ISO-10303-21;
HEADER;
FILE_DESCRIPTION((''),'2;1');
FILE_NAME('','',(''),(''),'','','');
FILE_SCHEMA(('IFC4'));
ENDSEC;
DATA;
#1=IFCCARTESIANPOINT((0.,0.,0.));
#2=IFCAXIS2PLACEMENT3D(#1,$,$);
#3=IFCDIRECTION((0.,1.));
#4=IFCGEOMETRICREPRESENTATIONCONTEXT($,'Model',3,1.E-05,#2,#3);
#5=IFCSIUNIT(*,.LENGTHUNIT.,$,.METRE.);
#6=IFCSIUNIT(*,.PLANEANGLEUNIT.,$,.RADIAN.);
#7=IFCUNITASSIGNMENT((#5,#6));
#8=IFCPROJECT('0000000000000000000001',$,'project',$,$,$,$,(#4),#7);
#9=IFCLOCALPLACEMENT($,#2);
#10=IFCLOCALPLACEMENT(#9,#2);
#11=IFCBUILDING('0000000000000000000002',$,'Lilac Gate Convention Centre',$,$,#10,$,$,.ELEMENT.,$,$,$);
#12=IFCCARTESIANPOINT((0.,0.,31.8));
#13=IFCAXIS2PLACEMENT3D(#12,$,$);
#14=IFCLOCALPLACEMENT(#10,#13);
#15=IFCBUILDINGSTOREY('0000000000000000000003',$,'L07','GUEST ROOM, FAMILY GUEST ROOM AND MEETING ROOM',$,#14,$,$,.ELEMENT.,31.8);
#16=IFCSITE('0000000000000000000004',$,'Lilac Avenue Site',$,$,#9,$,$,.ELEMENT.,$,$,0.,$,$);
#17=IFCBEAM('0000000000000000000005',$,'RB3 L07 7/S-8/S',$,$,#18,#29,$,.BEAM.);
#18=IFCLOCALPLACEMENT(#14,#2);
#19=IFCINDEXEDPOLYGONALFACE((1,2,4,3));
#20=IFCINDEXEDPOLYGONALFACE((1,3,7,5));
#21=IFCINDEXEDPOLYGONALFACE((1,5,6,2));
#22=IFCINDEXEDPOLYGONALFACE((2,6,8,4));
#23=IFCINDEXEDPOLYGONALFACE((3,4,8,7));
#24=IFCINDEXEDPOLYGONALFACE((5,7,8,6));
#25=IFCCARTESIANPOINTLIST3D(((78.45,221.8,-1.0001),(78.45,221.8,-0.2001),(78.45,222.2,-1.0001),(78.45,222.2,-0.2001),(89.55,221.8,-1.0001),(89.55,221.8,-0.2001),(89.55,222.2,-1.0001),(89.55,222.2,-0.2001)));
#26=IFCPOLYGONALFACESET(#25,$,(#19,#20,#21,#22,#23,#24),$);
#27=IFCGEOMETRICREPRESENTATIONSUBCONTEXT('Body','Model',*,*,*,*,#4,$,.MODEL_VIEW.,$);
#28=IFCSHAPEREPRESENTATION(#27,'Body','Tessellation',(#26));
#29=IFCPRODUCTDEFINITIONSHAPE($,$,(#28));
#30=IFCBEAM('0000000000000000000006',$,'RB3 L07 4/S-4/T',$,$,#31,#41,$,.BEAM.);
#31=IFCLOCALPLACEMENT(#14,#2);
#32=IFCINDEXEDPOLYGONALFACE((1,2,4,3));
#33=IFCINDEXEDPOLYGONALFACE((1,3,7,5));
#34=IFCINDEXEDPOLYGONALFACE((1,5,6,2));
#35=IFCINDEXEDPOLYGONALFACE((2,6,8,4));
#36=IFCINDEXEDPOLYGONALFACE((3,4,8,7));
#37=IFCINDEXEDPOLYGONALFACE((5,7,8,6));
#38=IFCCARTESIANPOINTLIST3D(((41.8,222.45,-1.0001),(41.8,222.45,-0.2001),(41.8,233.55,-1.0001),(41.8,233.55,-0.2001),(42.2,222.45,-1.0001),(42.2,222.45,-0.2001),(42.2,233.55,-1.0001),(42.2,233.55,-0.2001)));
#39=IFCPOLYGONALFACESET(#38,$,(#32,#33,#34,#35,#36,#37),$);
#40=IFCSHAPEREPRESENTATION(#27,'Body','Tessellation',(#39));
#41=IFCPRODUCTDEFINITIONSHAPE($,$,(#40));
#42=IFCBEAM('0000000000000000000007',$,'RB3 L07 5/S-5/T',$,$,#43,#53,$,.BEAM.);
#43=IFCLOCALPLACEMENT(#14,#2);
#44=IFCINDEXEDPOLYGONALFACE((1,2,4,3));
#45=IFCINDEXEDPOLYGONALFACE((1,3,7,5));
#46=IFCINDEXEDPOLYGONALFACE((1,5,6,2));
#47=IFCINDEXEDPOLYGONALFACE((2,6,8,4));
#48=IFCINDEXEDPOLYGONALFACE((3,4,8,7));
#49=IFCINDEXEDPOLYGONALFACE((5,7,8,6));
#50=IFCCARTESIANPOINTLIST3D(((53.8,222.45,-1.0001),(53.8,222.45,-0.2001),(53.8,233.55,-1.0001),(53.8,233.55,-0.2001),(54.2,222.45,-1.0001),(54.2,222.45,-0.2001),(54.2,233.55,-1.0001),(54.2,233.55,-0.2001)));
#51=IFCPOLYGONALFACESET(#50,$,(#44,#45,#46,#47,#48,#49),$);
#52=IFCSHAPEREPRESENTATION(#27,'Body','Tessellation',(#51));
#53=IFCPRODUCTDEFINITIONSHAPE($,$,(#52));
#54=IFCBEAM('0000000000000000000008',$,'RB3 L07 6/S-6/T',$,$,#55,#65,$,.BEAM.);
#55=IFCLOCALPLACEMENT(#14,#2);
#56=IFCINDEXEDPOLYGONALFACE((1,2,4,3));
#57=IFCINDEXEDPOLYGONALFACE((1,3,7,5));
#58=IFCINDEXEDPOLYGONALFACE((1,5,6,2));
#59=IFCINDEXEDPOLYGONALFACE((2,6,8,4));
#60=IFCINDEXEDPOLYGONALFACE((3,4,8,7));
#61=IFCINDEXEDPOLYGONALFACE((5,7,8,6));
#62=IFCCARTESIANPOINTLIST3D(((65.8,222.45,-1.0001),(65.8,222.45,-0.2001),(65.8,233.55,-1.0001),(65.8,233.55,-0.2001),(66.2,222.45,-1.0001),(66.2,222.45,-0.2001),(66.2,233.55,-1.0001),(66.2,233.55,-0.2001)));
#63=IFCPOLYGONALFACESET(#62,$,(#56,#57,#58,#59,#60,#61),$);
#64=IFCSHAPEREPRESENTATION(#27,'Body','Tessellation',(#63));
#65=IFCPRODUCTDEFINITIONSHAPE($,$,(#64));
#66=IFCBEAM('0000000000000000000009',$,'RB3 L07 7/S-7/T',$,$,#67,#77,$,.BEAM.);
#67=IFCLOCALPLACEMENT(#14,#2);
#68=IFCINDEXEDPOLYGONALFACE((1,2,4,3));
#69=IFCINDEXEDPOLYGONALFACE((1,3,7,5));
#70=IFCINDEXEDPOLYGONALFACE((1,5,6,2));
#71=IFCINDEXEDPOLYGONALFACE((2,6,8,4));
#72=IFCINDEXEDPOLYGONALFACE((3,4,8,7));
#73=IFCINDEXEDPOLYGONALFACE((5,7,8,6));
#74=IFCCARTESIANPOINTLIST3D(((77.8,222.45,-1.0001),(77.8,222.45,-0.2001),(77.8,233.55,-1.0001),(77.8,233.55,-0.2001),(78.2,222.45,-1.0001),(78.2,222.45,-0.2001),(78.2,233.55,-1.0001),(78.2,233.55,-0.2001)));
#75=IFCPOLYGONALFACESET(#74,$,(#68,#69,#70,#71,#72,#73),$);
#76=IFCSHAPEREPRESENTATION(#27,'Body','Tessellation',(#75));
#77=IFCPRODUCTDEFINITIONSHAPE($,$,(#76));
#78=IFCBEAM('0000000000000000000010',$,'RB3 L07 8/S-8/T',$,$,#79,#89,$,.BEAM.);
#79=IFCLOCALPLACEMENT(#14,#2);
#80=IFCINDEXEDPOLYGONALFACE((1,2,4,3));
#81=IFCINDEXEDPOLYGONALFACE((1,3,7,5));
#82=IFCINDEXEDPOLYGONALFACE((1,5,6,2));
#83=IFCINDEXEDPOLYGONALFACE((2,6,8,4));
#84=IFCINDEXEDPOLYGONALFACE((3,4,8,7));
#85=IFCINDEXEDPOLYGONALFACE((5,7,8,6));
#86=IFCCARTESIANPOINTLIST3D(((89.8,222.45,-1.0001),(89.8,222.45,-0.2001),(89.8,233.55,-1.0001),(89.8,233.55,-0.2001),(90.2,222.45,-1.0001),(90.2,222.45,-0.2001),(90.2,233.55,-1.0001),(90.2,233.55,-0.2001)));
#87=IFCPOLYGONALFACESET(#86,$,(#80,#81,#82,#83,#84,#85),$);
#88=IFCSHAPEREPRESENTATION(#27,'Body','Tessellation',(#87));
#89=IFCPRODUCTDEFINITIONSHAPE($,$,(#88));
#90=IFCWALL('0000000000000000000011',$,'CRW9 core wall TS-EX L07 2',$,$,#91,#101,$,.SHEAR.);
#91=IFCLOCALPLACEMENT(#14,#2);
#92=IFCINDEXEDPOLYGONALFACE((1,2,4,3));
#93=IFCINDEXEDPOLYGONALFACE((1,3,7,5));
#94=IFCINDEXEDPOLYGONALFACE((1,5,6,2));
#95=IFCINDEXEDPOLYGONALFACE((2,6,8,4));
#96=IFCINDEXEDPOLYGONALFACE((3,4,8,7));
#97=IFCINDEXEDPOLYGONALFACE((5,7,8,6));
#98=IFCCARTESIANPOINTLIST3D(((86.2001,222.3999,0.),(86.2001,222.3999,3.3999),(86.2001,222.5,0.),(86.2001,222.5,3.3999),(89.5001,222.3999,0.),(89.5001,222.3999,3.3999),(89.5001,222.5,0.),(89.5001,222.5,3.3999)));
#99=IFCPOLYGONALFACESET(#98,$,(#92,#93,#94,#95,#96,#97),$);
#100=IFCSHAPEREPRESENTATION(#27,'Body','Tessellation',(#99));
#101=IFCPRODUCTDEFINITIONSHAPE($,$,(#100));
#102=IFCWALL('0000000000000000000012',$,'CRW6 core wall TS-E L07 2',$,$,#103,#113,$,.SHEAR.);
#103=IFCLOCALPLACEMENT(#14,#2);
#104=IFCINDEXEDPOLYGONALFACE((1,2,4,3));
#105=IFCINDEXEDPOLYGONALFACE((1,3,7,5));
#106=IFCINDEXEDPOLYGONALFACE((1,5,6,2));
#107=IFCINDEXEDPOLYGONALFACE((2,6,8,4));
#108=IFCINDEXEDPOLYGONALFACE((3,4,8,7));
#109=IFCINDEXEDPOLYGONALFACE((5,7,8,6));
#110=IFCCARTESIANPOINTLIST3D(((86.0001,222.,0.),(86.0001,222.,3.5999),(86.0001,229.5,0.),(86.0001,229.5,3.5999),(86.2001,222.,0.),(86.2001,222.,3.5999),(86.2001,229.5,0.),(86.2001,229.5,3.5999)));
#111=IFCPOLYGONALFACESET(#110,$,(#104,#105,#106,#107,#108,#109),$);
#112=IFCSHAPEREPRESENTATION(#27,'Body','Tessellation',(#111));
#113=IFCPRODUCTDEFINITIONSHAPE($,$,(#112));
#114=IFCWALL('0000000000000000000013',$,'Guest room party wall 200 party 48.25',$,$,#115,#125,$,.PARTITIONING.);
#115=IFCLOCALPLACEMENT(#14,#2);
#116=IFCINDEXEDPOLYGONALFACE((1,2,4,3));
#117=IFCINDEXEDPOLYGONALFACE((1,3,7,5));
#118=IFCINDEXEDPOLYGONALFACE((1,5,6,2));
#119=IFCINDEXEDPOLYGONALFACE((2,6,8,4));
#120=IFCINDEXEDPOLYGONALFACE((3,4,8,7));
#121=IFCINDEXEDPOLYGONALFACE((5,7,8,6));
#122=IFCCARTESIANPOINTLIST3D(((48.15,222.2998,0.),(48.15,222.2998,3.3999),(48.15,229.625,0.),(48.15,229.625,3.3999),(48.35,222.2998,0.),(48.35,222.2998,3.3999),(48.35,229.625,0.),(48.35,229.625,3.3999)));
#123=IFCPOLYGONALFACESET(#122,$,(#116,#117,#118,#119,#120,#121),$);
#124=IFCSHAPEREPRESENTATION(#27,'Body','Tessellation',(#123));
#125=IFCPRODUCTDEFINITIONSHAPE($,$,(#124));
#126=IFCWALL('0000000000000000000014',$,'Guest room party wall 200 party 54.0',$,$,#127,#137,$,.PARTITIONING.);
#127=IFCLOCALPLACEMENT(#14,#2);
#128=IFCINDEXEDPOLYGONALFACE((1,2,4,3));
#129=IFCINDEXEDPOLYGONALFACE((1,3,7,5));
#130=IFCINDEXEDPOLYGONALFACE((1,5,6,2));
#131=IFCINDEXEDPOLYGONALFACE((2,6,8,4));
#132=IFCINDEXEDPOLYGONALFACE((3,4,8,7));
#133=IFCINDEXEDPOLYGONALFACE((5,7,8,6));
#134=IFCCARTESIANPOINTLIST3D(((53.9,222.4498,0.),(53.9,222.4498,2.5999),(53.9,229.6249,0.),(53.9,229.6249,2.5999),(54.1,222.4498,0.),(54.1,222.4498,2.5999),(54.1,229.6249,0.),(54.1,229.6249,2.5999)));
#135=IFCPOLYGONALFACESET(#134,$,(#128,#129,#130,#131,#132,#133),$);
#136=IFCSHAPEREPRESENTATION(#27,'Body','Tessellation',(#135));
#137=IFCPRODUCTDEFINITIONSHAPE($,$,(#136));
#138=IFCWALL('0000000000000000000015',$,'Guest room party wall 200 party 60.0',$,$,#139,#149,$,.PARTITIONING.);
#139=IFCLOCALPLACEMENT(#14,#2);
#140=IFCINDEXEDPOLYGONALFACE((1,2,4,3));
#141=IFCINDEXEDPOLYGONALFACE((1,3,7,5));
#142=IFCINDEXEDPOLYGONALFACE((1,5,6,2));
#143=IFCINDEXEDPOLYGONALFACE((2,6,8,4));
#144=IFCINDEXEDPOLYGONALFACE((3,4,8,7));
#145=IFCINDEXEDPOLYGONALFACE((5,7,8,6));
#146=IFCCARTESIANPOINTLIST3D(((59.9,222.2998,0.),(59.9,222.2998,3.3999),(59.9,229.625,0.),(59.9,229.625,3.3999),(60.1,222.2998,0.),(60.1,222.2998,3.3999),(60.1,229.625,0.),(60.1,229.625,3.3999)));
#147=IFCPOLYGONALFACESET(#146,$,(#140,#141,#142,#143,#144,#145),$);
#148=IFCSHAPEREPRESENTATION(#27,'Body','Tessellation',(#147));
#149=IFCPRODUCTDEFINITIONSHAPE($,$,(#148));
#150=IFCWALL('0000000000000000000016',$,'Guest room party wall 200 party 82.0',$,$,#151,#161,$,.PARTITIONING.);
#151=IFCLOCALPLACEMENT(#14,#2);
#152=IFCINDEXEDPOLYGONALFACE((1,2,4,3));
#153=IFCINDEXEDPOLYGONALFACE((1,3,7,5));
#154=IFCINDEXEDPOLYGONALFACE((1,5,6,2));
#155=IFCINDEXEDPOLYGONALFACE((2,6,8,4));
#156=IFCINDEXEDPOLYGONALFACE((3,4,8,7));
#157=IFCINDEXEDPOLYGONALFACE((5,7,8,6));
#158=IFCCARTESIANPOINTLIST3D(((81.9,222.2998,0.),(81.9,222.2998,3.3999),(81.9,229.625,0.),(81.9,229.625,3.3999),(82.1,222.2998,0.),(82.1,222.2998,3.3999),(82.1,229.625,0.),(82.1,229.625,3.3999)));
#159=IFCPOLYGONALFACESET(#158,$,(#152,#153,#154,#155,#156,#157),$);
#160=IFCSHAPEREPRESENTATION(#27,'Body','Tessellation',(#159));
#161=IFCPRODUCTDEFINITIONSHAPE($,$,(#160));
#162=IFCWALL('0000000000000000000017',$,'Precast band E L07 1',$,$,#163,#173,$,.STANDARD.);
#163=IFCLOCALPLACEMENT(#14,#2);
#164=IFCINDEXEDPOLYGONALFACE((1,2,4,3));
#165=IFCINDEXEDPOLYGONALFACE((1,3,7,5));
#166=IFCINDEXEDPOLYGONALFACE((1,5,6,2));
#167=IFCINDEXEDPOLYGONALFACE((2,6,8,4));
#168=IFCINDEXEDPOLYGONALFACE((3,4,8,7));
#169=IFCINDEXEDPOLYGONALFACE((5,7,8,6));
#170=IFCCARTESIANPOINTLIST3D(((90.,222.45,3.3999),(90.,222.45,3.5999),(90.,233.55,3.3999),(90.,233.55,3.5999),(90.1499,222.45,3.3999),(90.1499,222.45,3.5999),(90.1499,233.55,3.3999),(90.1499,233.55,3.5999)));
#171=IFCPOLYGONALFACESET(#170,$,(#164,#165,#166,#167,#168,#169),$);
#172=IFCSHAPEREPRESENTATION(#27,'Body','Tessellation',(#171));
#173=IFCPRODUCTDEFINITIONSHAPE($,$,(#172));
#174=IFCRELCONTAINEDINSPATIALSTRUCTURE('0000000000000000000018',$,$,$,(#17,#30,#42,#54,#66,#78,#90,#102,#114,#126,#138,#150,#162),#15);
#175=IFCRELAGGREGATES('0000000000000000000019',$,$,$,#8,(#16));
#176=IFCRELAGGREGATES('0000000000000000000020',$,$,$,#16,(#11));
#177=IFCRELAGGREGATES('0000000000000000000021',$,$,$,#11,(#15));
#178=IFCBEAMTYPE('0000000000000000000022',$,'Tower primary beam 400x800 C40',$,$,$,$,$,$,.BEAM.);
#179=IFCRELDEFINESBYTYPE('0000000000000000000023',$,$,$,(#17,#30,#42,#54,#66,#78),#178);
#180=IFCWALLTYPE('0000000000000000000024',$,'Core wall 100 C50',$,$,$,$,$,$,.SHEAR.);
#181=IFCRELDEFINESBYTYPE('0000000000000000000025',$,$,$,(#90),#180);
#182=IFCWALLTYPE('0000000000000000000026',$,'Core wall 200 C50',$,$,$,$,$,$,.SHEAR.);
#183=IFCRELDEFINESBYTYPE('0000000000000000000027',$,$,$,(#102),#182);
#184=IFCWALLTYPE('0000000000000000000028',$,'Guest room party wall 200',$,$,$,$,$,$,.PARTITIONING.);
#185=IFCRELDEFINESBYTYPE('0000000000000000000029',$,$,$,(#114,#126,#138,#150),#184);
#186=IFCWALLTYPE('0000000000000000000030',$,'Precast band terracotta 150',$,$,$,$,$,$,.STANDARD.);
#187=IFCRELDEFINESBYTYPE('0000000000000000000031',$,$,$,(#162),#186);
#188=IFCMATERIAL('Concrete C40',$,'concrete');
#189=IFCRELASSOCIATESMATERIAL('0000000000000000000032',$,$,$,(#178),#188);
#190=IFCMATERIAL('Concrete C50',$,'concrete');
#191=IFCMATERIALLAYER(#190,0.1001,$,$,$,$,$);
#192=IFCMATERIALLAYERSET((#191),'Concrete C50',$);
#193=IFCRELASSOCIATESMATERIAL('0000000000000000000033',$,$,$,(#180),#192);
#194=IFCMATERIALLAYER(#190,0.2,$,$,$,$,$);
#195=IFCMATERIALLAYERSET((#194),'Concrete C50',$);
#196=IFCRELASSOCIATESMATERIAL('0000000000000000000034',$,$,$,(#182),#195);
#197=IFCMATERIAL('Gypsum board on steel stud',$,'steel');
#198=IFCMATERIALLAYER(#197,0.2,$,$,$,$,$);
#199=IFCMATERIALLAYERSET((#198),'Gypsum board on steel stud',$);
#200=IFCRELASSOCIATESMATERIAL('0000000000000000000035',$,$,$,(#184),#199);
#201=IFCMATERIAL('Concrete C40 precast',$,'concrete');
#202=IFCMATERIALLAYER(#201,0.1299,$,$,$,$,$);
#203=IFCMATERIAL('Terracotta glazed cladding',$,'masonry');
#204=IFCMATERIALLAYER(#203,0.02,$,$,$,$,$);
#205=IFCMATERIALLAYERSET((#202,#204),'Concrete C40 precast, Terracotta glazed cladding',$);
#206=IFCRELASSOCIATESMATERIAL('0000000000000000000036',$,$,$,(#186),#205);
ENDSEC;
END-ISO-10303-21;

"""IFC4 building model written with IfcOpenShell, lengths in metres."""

from ifc_helpers import new_model, si_unit, direction, frame, frame_2d, origin, origin_2d, place, context, subcontext, project, spatial, rectangle, extrude, material, layer, layer_set, material_profile, profile_set, type_object, element, save


model = new_model("IFC4")

# Units and contexts
model_context = context("Model", 3, precision=1e-05, world=origin(), true_north=direction((0.0, 1.0)))
body_context = subcontext(model_context, "Body", "Model", "MODEL_VIEW")
ifc_project = project(units=[si_unit("LENGTHUNIT", "METRE"), si_unit("PLANEANGLEUNIT", "RADIAN")], contexts=[model_context])

# Site, building, storey
site_placement = place(None, origin())
site = spatial("IfcSite", under=ifc_project, at=site_placement, Name="Lilac Avenue Site", CompositionType="ELEMENT", RefElevation=0.0)
building_placement = place(site_placement, origin())
building = spatial("IfcBuilding", under=site, at=building_placement, Name="Lilac Gate Convention Centre", CompositionType="ELEMENT")
storey_placement = place(building_placement, frame((0.0, 0.0, 31.8)))
storey = spatial("IfcBuildingStorey", under=building, at=storey_placement, Name="L07", Description="GUEST ROOM, FAMILY GUEST ROOM AND MEETING ROOM", CompositionType="ELEMENT", Elevation=31.8)

# Beams
ifc_material_1 = material(Name="Concrete C40", Category="concrete")
ifc_material_profile = material_profile(ifc_material_1, rectangle(XDim=0.3999, YDim=0.8, at=origin_2d()), Name="RC 400x800")
ifc_profile_set = profile_set([ifc_material_profile], Name="Concrete C40")
beam_type = type_object("IfcBeamType", Name="Tower primary beam 400x800 C40", PredefinedType="BEAM", material=ifc_profile_set)
for number, where, z_axis, x_axis, name in (
    (1, (78.45, 222.0, -0.6001), (1.0, 0.0, 0.0), (0.0, 1.0, 0.0), "RB3 L07 7/S-8/S"),
    (2, (42.0, 222.45, -0.6001), (0.0, 1.0, 0.0), (-1.0, 0.0, 0.0), "RB3 L07 4/S-4/T"),
    (3, (54.0, 222.45, -0.6001), (0.0, 1.0, 0.0), (-1.0, 0.0, 0.0), "RB3 L07 5/S-5/T"),
    (4, (66.0, 222.45, -0.6001), (0.0, 1.0, 0.0), (-1.0, 0.0, 0.0), "RB3 L07 6/S-6/T"),
    (5, (78.0, 222.45, -0.6001), (0.0, 1.0, 0.0), (-1.0, 0.0, 0.0), "RB3 L07 7/S-7/T"),
    (6, (90.0, 222.45, -0.6001), (0.0, 1.0, 0.0), (-1.0, 0.0, 0.0), "RB3 L07 8/S-8/T"),
):
    element("IfcBeam", number, at=place(storey_placement, frame(where, z_axis=z_axis, x_axis=x_axis)), inside=storey, type_object=beam_type, Name=name, PredefinedType="BEAM", context=body_context, shape_type="SweptSolid", body=[
        extrude(rectangle(XDim=0.3999, YDim=0.8, at=origin_2d()), origin(), (0.0, 0.0, 1.0), 11.1001),
    ])

# Walls
ifc_material_2 = material(Name="Concrete C50", Category="concrete")
ifc_layer_1 = layer(ifc_material_2, 0.1001)
ifc_layer_set_1 = layer_set([ifc_layer_1], Name="Concrete C50")
wall_type_1 = type_object("IfcWallType", Name="Core wall 100 C50", PredefinedType="SHEAR", material=ifc_layer_set_1)
wall_1_placement = place(storey_placement, frame((89.5, 222.45, 0.0), z_axis=(0.0, 0.0, 1.0), x_axis=(-1.0, 0.0, 0.0)))
element("IfcWall", 7, at=wall_1_placement, inside=storey, type_object=wall_type_1, Name="CRW9 core wall TS-EX L07 2", PredefinedType="SHEAR", context=body_context, shape_type="SweptSolid", body=[
    extrude(rectangle(XDim=3.3, YDim=0.1001, at=frame_2d((1.6499, 0.0))), origin(), (0.0, 0.0, 1.0), 3.3999),
])
ifc_layer_2 = layer(ifc_material_2, 0.2)
ifc_layer_set_2 = layer_set([ifc_layer_2], Name="Concrete C50")
wall_type_2 = type_object("IfcWallType", Name="Core wall 200 C50", PredefinedType="SHEAR", material=ifc_layer_set_2)
wall_2_placement = place(storey_placement, frame((86.1001, 222.0, 0.0), z_axis=(0.0, 0.0, 1.0), x_axis=(0.0, 1.0, 0.0)))
element("IfcWall", 8, at=wall_2_placement, inside=storey, type_object=wall_type_2, Name="CRW6 core wall TS-E L07 2", PredefinedType="SHEAR", context=body_context, shape_type="SweptSolid", body=[
    extrude(rectangle(XDim=7.5, YDim=0.2, at=frame_2d((3.75, 0.0))), origin(), (0.0, 0.0, 1.0), 3.5999),
])
ifc_material_3 = material(Name="Gypsum board on steel stud", Category="steel")
ifc_layer_3 = layer(ifc_material_3, 0.2)
ifc_layer_set_3 = layer_set([ifc_layer_3], Name="Gypsum board on steel stud")
wall_type_3 = type_object("IfcWallType", Name="Guest room party wall 200", PredefinedType="PARTITIONING", material=ifc_layer_set_3)
wall_3_placement = place(storey_placement, frame((48.25, 222.2998, 0.0), z_axis=(0.0, 0.0, 1.0), x_axis=(0.0, 1.0, 0.0)))
element("IfcWall", 9, at=wall_3_placement, inside=storey, type_object=wall_type_3, Name="Guest room party wall 200 party 48.25", PredefinedType="PARTITIONING", context=body_context, shape_type="SweptSolid", body=[
    extrude(rectangle(XDim=7.3252, YDim=0.2, at=frame_2d((3.6626, 0.0))), origin(), (0.0, 0.0, 1.0), 3.3999),
])
wall_4_placement = place(storey_placement, frame((54.0, 222.45, 0.0), z_axis=(0.0, 0.0, 1.0), x_axis=(0.0, 1.0, 0.0)))
element("IfcWall", 10, at=wall_4_placement, inside=storey, type_object=wall_type_3, Name="Guest room party wall 200 party 54.0", PredefinedType="PARTITIONING", context=body_context, shape_type="SweptSolid", body=[
    extrude(rectangle(XDim=7.175, YDim=0.2, at=frame_2d((3.5874, 0.0))), origin(), (0.0, 0.0, 1.0), 2.5999),
])
for number, where, z_axis, x_axis, name in (
    (11, (60.0, 222.2998, 0.0), (0.0, 0.0, 1.0), (0.0, 1.0, 0.0), "Guest room party wall 200 party 60.0"),
    (12, (82.0, 222.2998, 0.0), (0.0, 0.0, 1.0), (0.0, 1.0, 0.0), "Guest room party wall 200 party 82.0"),
):
    element("IfcWall", number, at=place(storey_placement, frame(where, z_axis=z_axis, x_axis=x_axis)), inside=storey, type_object=wall_type_3, Name=name, PredefinedType="PARTITIONING", context=body_context, shape_type="SweptSolid", body=[
        extrude(rectangle(XDim=7.3252, YDim=0.2, at=frame_2d((3.6626, 0.0))), origin(), (0.0, 0.0, 1.0), 3.3999),
    ])
ifc_material_4 = material(Name="Concrete C40 precast", Category="concrete")
ifc_layer_4 = layer(ifc_material_4, 0.1299)
ifc_material_5 = material(Name="Terracotta glazed cladding", Category="masonry")
ifc_layer_5 = layer(ifc_material_5, 0.02)
ifc_layer_set_4 = layer_set([ifc_layer_4, ifc_layer_5], Name="Concrete C40 precast, Terracotta glazed cladding")
wall_type_4 = type_object("IfcWallType", Name="Precast band terracotta 150", PredefinedType="STANDARD", material=ifc_layer_set_4)
wall_5_placement = place(storey_placement, frame((90.075, 222.45, 3.3999), z_axis=(0.0, 0.0, 1.0), x_axis=(0.0, 1.0, 0.0)))
element("IfcWall", 13, at=wall_5_placement, inside=storey, type_object=wall_type_4, Name="Precast band E L07 1", PredefinedType="STANDARD", context=body_context, shape_type="SweptSolid", body=[
    extrude(rectangle(XDim=11.1001, YDim=0.1499, at=frame_2d((5.55, 0.0))), origin(), (0.0, 0.0, 1.0), 0.2),
])

save(model, "model.ifc")
